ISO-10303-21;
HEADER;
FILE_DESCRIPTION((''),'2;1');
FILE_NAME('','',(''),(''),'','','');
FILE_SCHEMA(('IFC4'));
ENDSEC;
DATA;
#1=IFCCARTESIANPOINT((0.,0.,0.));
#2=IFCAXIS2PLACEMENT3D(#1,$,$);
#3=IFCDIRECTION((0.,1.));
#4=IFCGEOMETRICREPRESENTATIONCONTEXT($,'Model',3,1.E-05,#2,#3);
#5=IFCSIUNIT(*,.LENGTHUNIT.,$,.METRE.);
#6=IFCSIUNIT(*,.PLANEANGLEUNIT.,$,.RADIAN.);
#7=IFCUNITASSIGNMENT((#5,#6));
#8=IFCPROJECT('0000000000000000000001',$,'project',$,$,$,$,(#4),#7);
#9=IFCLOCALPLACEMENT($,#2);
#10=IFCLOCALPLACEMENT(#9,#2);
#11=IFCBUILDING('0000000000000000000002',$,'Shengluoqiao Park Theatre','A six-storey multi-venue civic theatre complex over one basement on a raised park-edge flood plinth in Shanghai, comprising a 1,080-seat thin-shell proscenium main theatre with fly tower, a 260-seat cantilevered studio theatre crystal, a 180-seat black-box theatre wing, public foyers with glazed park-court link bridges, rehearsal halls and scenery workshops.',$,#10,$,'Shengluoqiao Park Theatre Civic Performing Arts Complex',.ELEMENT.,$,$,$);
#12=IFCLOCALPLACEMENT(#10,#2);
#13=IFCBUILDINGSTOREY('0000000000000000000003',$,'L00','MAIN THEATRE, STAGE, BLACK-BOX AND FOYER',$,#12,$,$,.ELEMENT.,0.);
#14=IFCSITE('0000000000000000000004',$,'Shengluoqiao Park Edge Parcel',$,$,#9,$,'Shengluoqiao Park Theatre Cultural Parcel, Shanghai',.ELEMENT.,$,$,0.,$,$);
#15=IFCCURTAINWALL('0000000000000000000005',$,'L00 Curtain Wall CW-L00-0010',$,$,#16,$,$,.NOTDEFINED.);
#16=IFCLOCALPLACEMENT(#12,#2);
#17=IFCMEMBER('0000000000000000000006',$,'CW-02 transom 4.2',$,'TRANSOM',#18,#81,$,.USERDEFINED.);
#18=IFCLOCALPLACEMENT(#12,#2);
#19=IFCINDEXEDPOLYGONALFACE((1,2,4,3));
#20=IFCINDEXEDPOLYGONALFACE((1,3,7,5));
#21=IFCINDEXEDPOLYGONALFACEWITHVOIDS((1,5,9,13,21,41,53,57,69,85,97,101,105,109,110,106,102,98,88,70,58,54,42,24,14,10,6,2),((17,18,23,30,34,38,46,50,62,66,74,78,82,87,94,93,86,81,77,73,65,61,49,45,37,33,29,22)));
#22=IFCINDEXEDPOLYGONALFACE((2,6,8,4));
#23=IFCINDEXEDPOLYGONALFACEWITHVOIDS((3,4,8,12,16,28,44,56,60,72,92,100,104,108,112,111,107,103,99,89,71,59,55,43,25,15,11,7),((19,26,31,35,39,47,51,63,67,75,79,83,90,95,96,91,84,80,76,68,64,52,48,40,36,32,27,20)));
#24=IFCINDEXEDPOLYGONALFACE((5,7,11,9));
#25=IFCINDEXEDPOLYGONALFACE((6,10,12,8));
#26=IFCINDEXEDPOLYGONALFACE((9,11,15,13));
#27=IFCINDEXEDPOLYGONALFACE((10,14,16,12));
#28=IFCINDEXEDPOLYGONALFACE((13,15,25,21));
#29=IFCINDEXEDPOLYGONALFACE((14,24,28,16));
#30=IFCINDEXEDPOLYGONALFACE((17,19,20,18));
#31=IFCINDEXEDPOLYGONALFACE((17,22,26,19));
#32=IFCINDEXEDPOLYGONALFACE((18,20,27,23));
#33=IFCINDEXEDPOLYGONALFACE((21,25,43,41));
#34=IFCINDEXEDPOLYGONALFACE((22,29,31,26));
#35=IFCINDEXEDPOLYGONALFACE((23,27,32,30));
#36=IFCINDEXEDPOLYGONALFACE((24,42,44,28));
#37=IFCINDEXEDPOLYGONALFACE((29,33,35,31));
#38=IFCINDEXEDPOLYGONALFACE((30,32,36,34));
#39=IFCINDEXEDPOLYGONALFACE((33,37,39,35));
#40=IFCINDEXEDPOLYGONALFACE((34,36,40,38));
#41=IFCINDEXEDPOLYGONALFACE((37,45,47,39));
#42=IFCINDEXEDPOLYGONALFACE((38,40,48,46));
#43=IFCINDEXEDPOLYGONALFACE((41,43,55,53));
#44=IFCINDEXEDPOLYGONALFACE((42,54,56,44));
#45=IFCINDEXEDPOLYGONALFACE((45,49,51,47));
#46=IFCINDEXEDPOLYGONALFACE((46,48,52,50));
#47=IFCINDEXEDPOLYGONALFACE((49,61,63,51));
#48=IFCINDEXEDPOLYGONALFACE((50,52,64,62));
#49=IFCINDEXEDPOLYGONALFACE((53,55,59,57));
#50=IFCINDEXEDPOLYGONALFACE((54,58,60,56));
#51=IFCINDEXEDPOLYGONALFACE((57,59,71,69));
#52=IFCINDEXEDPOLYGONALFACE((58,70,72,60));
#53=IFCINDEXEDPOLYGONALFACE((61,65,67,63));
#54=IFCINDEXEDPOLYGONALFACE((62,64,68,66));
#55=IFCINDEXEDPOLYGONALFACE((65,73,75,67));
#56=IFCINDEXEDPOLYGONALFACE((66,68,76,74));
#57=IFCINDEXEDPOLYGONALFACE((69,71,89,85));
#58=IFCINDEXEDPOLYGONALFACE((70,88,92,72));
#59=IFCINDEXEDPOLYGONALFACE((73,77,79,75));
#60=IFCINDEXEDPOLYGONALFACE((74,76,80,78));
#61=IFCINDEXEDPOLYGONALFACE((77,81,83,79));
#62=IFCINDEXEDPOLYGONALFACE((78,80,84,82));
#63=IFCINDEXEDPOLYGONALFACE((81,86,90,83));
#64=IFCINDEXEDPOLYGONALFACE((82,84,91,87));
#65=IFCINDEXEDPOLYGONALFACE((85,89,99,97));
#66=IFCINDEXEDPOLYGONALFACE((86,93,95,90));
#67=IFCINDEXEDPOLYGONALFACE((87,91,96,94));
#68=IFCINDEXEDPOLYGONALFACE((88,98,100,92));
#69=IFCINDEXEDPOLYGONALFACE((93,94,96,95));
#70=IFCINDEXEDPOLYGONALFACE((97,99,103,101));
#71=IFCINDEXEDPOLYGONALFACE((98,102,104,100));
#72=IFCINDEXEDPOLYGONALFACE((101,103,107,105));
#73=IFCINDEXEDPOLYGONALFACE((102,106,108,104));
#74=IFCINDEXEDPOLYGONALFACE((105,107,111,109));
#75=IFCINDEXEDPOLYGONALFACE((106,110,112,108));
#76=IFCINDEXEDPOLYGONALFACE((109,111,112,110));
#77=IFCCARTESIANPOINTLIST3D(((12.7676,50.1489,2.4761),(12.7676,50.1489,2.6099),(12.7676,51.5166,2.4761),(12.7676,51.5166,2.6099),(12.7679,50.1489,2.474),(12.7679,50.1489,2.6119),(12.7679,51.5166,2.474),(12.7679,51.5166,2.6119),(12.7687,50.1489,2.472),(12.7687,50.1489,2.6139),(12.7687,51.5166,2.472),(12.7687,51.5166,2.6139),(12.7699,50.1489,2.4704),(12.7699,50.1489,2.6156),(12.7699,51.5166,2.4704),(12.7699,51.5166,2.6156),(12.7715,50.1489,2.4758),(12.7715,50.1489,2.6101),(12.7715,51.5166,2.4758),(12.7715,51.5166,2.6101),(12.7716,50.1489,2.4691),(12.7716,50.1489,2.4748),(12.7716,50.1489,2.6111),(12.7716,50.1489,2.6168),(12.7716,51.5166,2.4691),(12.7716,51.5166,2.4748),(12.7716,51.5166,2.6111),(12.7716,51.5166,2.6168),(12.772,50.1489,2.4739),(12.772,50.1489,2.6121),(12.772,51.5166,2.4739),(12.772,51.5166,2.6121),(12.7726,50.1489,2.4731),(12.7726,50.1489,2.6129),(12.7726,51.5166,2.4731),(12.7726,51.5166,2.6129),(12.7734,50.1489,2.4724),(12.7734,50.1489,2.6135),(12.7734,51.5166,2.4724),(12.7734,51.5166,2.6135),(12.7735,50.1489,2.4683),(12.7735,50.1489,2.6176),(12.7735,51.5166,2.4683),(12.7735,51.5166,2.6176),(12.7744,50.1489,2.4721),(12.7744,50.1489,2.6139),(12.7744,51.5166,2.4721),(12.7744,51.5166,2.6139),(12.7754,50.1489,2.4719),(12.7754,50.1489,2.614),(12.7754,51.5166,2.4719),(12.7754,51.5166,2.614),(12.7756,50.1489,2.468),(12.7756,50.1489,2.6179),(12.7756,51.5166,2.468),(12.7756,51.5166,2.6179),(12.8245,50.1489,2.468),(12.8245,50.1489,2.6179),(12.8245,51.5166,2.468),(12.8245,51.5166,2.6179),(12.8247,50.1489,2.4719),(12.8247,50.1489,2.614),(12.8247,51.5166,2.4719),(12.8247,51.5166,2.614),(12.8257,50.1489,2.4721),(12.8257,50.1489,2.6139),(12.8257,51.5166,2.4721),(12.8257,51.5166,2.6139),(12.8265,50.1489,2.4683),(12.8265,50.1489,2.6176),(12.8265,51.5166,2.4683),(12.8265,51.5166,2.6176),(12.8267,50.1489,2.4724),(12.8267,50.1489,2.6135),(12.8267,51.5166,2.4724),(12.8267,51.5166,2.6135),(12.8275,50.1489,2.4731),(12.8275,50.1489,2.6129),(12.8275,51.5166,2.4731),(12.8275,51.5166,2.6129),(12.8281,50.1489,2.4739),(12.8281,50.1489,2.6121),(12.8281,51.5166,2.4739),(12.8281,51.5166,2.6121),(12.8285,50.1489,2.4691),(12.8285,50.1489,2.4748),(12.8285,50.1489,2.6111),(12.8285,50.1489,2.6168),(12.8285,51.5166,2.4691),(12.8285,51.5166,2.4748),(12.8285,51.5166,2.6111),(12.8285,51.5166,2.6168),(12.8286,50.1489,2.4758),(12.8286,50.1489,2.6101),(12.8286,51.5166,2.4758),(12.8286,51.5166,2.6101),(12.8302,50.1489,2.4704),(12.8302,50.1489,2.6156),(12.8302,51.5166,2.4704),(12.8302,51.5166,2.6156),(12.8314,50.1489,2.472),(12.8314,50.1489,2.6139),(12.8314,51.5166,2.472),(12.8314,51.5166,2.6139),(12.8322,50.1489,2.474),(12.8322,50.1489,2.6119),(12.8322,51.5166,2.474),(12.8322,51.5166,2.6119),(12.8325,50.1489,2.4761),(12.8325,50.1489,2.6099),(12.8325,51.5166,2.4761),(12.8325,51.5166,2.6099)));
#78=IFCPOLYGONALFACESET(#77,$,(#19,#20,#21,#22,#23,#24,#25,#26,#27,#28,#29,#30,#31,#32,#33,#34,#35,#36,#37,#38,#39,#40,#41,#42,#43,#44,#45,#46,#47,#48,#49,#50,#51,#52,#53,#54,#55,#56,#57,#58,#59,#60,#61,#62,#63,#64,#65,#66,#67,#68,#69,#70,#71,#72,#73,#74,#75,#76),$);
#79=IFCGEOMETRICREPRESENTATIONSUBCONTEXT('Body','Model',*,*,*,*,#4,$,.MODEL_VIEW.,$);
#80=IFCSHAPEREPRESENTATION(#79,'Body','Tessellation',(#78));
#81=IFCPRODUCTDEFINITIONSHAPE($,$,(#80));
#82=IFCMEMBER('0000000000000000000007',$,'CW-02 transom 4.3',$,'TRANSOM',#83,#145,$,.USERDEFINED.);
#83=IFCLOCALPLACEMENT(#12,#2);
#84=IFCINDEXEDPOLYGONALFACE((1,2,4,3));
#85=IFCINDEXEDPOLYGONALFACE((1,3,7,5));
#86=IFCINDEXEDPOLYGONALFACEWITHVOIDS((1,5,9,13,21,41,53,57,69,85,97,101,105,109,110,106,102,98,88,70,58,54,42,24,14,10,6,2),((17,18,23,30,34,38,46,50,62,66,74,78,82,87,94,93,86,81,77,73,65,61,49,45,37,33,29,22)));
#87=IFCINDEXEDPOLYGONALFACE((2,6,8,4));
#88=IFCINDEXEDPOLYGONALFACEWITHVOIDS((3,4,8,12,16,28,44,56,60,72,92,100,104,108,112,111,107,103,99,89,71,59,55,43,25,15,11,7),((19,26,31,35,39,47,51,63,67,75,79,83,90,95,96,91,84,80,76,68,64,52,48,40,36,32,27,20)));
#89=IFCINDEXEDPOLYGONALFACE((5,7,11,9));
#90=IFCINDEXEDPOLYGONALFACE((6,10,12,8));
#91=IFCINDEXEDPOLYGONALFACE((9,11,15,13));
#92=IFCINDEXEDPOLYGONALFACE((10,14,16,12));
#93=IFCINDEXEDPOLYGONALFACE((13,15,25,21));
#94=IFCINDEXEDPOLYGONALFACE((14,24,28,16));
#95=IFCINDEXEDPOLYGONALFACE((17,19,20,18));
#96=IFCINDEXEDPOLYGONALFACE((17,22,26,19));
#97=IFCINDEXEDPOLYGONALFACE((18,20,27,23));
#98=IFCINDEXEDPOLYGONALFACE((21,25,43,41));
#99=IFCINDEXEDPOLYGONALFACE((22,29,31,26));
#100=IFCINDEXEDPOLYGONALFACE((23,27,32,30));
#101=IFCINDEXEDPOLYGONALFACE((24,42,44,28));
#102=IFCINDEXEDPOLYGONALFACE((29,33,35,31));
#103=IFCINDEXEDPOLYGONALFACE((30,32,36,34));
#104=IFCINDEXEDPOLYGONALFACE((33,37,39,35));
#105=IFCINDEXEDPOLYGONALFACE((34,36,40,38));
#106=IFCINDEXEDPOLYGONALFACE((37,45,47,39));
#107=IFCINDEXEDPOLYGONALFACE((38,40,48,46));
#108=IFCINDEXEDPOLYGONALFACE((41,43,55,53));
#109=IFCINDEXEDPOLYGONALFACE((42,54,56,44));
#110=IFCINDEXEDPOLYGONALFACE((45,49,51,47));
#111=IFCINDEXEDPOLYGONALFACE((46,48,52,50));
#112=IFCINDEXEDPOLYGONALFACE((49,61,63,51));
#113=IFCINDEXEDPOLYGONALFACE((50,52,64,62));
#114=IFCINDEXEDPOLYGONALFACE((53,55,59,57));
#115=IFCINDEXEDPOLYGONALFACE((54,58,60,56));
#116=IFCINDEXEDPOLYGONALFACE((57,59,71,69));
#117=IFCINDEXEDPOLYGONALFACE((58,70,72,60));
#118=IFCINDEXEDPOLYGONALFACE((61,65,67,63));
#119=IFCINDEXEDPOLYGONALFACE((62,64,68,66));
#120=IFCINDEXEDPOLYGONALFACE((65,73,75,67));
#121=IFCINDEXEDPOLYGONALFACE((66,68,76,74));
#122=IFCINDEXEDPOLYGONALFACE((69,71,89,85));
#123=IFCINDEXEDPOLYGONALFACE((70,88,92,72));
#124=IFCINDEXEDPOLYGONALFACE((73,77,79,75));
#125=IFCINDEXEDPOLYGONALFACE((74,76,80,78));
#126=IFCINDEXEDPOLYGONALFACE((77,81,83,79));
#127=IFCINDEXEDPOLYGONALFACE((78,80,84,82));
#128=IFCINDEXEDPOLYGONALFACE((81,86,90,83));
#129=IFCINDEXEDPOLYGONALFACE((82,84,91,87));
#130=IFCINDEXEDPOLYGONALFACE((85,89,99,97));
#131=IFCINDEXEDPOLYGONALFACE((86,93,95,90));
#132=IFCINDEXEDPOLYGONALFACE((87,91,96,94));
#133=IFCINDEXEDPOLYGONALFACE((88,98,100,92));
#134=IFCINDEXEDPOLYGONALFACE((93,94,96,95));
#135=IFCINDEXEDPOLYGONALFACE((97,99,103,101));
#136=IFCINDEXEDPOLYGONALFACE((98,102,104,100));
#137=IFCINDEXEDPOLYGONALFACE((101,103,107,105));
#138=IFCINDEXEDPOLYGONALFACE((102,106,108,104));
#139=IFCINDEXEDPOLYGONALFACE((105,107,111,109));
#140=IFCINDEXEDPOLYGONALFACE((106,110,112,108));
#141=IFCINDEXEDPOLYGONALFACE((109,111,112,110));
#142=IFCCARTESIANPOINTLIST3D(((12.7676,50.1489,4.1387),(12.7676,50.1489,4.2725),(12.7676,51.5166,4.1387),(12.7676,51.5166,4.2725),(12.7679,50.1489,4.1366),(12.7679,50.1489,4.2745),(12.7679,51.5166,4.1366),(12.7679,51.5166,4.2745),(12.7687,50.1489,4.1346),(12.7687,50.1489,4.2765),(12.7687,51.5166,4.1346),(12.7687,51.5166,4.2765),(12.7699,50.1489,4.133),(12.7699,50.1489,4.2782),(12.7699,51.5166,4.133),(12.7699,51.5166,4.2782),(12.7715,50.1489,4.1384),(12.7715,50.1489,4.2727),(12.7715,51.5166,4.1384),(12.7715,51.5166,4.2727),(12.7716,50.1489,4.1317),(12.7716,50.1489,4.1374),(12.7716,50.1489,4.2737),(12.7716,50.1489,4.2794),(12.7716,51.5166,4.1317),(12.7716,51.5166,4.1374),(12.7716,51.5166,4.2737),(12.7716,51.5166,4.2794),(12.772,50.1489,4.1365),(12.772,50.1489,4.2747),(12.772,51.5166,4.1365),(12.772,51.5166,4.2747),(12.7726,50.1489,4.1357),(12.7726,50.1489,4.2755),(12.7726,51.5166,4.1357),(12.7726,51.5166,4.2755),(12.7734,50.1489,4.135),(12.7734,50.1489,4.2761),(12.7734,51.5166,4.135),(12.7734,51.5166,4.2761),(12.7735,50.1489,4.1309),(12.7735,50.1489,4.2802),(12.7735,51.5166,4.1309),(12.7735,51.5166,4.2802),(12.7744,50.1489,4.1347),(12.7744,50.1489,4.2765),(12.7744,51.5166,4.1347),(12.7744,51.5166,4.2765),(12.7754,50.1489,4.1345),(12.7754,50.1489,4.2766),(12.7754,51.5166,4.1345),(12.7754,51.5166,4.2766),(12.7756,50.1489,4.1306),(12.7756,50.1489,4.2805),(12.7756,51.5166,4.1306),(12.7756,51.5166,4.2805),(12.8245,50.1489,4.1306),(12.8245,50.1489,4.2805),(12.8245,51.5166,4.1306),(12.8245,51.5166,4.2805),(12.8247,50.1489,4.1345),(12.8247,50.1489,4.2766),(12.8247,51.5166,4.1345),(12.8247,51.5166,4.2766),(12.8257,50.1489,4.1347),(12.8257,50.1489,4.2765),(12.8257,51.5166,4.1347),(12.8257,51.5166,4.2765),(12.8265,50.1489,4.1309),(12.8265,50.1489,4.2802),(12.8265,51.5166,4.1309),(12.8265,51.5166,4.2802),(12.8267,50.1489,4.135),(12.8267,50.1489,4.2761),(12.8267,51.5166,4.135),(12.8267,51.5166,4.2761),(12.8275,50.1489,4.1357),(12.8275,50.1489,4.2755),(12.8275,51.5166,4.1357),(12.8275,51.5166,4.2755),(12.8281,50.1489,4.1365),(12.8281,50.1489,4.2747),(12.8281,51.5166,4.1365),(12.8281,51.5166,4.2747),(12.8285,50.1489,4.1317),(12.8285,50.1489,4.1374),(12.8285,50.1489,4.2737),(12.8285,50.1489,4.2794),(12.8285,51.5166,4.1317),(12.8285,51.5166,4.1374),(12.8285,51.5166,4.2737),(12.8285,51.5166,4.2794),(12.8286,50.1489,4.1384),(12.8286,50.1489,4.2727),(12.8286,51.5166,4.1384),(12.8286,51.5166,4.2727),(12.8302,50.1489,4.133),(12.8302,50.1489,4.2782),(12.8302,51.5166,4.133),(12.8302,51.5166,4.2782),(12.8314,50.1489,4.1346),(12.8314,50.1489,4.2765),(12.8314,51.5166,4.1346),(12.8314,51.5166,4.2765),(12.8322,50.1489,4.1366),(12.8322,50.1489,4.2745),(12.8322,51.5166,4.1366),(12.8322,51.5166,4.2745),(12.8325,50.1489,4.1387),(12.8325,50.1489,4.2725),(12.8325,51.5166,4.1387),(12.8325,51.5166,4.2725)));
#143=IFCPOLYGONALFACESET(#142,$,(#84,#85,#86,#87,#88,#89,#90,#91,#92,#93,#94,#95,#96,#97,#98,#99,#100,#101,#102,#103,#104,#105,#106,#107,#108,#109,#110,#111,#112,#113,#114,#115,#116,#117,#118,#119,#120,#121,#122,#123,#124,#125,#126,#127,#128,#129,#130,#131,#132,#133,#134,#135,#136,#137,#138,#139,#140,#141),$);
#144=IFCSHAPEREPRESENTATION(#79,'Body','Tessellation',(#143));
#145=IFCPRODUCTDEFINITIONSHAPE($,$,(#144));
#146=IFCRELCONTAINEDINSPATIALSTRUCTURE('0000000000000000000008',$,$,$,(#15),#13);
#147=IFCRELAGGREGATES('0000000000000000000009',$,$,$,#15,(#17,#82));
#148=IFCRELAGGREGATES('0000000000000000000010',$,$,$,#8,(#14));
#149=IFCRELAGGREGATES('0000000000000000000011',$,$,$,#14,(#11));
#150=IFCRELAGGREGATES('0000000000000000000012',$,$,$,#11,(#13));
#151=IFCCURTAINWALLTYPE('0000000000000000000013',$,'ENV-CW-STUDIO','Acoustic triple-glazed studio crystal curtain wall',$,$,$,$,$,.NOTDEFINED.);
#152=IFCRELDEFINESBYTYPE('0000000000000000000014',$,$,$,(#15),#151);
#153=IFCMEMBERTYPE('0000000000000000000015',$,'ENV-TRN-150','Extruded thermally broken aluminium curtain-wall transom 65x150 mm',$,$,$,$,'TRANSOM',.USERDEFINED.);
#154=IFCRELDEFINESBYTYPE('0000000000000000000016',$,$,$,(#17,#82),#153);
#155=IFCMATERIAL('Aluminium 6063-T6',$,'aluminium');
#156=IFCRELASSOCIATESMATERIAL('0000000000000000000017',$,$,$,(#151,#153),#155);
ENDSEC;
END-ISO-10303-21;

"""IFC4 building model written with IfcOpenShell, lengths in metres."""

from ifc_helpers import new_model, si_unit, direction, frame, origin, origin_2d, place, context, subcontext, project, spatial, hollow_rectangle, extrude, material, material_profile, profile_set, type_object, element, aggregate, save


model = new_model("IFC4")

# Units and contexts
model_context = context("Model", 3, precision=1e-05, world=origin(), true_north=direction((0.0, 1.0)))
body_context = subcontext(model_context, "Body", "Model", "MODEL_VIEW")
ifc_project = project(units=[si_unit("LENGTHUNIT", "METRE"), si_unit("PLANEANGLEUNIT", "RADIAN")], contexts=[model_context])

# Site, building, storey
site_placement = place(None, origin())
site = spatial("IfcSite", under=ifc_project, at=site_placement, Name="Shengluoqiao Park Edge Parcel", LongName="Shengluoqiao Park Theatre Cultural Parcel, Shanghai", CompositionType="ELEMENT", RefElevation=0.0)
building_placement = place(site_placement, origin())
building = spatial("IfcBuilding", under=site, at=building_placement, Name="Shengluoqiao Park Theatre", Description="A six-storey multi-venue civic theatre complex over one basement on a raised park-edge flood plinth in Shanghai, comprising a 1,080-seat thin-shell proscenium main theatre with fly tower, a 260-seat cantilevered studio theatre crystal, a 180-seat black-box theatre wing, public foyers with glazed park-court link bridges, rehearsal halls and scenery workshops.", LongName="Shengluoqiao Park Theatre Civic Performing Arts Complex", CompositionType="ELEMENT")
storey_placement = place(building_placement, origin())
storey = spatial("IfcBuildingStorey", under=building, at=storey_placement, Name="L00", Description="MAIN THEATRE, STAGE, BLACK-BOX AND FOYER", CompositionType="ELEMENT", Elevation=0.0)

# Curtain wall, members
ifc_material_1 = material(Name="Aluminium 6063-T6", Category="aluminium")
curtain_wall_type = type_object("IfcCurtainWallType", Name="ENV-CW-STUDIO", Description="Acoustic triple-glazed studio crystal curtain wall", PredefinedType="NOTDEFINED", material=ifc_material_1)
curtain_wall_placement = place(storey_placement, origin())
curtain_wall = element("IfcCurtainWall", 1, at=curtain_wall_placement, inside=storey, type_object=curtain_wall_type, Name="L00 Curtain Wall CW-L00-0010", PredefinedType="NOTDEFINED")
ifc_material_profile_1 = material_profile(ifc_material_1, hollow_rectangle(XDim=0.0649, YDim=0.1499, WallThickness=0.0039, InnerFilletRadius=0.0039, OuterFilletRadius=0.0081, at=origin_2d()), Name="ALU TRANSOM 150x65x4")
ifc_profile_set_1 = profile_set([ifc_material_profile_1], Name="Aluminium 6063-T6")
member_type_1 = type_object("IfcMemberType", Name="ENV-TRN-150", Description="Extruded thermally broken aluminium curtain-wall transom 65x150 mm", ElementType="TRANSOM", PredefinedType="USERDEFINED", material=ifc_profile_set_1)
member_1_placement = place(storey_placement, frame((12.8, 50.1489, 2.543), z_axis=(0.0, 1.0, 0.0), x_axis=(-1.0, 0.0, 0.0)))
member_1 = element("IfcMember", 2, at=member_1_placement, type_object=member_type_1, Name="CW-02 transom 4.2", ObjectType="TRANSOM", PredefinedType="USERDEFINED", context=body_context, shape_type="SweptSolid", body=[
    extrude(hollow_rectangle(XDim=0.0649, YDim=0.1499, WallThickness=0.0039, InnerFilletRadius=0.0039, OuterFilletRadius=0.0081, at=origin_2d()), origin(), (0.0, 0.0, 1.0), 1.3677),
])
member_2_placement = place(storey_placement, frame((12.8, 50.1489, 4.2056), z_axis=(0.0, 1.0, 0.0), x_axis=(-1.0, 0.0, 0.0)))
member_2 = element("IfcMember", 3, at=member_2_placement, type_object=member_type_1, Name="CW-02 transom 4.3", ObjectType="TRANSOM", PredefinedType="USERDEFINED", context=body_context, shape_type="SweptSolid", body=[
    extrude(hollow_rectangle(XDim=0.0649, YDim=0.1499, WallThickness=0.0039, InnerFilletRadius=0.0039, OuterFilletRadius=0.0081, at=origin_2d()), origin(), (0.0, 0.0, 1.0), 1.3677),
])
aggregate(curtain_wall, [member_1, member_2])

save(model, "model.ifc")
